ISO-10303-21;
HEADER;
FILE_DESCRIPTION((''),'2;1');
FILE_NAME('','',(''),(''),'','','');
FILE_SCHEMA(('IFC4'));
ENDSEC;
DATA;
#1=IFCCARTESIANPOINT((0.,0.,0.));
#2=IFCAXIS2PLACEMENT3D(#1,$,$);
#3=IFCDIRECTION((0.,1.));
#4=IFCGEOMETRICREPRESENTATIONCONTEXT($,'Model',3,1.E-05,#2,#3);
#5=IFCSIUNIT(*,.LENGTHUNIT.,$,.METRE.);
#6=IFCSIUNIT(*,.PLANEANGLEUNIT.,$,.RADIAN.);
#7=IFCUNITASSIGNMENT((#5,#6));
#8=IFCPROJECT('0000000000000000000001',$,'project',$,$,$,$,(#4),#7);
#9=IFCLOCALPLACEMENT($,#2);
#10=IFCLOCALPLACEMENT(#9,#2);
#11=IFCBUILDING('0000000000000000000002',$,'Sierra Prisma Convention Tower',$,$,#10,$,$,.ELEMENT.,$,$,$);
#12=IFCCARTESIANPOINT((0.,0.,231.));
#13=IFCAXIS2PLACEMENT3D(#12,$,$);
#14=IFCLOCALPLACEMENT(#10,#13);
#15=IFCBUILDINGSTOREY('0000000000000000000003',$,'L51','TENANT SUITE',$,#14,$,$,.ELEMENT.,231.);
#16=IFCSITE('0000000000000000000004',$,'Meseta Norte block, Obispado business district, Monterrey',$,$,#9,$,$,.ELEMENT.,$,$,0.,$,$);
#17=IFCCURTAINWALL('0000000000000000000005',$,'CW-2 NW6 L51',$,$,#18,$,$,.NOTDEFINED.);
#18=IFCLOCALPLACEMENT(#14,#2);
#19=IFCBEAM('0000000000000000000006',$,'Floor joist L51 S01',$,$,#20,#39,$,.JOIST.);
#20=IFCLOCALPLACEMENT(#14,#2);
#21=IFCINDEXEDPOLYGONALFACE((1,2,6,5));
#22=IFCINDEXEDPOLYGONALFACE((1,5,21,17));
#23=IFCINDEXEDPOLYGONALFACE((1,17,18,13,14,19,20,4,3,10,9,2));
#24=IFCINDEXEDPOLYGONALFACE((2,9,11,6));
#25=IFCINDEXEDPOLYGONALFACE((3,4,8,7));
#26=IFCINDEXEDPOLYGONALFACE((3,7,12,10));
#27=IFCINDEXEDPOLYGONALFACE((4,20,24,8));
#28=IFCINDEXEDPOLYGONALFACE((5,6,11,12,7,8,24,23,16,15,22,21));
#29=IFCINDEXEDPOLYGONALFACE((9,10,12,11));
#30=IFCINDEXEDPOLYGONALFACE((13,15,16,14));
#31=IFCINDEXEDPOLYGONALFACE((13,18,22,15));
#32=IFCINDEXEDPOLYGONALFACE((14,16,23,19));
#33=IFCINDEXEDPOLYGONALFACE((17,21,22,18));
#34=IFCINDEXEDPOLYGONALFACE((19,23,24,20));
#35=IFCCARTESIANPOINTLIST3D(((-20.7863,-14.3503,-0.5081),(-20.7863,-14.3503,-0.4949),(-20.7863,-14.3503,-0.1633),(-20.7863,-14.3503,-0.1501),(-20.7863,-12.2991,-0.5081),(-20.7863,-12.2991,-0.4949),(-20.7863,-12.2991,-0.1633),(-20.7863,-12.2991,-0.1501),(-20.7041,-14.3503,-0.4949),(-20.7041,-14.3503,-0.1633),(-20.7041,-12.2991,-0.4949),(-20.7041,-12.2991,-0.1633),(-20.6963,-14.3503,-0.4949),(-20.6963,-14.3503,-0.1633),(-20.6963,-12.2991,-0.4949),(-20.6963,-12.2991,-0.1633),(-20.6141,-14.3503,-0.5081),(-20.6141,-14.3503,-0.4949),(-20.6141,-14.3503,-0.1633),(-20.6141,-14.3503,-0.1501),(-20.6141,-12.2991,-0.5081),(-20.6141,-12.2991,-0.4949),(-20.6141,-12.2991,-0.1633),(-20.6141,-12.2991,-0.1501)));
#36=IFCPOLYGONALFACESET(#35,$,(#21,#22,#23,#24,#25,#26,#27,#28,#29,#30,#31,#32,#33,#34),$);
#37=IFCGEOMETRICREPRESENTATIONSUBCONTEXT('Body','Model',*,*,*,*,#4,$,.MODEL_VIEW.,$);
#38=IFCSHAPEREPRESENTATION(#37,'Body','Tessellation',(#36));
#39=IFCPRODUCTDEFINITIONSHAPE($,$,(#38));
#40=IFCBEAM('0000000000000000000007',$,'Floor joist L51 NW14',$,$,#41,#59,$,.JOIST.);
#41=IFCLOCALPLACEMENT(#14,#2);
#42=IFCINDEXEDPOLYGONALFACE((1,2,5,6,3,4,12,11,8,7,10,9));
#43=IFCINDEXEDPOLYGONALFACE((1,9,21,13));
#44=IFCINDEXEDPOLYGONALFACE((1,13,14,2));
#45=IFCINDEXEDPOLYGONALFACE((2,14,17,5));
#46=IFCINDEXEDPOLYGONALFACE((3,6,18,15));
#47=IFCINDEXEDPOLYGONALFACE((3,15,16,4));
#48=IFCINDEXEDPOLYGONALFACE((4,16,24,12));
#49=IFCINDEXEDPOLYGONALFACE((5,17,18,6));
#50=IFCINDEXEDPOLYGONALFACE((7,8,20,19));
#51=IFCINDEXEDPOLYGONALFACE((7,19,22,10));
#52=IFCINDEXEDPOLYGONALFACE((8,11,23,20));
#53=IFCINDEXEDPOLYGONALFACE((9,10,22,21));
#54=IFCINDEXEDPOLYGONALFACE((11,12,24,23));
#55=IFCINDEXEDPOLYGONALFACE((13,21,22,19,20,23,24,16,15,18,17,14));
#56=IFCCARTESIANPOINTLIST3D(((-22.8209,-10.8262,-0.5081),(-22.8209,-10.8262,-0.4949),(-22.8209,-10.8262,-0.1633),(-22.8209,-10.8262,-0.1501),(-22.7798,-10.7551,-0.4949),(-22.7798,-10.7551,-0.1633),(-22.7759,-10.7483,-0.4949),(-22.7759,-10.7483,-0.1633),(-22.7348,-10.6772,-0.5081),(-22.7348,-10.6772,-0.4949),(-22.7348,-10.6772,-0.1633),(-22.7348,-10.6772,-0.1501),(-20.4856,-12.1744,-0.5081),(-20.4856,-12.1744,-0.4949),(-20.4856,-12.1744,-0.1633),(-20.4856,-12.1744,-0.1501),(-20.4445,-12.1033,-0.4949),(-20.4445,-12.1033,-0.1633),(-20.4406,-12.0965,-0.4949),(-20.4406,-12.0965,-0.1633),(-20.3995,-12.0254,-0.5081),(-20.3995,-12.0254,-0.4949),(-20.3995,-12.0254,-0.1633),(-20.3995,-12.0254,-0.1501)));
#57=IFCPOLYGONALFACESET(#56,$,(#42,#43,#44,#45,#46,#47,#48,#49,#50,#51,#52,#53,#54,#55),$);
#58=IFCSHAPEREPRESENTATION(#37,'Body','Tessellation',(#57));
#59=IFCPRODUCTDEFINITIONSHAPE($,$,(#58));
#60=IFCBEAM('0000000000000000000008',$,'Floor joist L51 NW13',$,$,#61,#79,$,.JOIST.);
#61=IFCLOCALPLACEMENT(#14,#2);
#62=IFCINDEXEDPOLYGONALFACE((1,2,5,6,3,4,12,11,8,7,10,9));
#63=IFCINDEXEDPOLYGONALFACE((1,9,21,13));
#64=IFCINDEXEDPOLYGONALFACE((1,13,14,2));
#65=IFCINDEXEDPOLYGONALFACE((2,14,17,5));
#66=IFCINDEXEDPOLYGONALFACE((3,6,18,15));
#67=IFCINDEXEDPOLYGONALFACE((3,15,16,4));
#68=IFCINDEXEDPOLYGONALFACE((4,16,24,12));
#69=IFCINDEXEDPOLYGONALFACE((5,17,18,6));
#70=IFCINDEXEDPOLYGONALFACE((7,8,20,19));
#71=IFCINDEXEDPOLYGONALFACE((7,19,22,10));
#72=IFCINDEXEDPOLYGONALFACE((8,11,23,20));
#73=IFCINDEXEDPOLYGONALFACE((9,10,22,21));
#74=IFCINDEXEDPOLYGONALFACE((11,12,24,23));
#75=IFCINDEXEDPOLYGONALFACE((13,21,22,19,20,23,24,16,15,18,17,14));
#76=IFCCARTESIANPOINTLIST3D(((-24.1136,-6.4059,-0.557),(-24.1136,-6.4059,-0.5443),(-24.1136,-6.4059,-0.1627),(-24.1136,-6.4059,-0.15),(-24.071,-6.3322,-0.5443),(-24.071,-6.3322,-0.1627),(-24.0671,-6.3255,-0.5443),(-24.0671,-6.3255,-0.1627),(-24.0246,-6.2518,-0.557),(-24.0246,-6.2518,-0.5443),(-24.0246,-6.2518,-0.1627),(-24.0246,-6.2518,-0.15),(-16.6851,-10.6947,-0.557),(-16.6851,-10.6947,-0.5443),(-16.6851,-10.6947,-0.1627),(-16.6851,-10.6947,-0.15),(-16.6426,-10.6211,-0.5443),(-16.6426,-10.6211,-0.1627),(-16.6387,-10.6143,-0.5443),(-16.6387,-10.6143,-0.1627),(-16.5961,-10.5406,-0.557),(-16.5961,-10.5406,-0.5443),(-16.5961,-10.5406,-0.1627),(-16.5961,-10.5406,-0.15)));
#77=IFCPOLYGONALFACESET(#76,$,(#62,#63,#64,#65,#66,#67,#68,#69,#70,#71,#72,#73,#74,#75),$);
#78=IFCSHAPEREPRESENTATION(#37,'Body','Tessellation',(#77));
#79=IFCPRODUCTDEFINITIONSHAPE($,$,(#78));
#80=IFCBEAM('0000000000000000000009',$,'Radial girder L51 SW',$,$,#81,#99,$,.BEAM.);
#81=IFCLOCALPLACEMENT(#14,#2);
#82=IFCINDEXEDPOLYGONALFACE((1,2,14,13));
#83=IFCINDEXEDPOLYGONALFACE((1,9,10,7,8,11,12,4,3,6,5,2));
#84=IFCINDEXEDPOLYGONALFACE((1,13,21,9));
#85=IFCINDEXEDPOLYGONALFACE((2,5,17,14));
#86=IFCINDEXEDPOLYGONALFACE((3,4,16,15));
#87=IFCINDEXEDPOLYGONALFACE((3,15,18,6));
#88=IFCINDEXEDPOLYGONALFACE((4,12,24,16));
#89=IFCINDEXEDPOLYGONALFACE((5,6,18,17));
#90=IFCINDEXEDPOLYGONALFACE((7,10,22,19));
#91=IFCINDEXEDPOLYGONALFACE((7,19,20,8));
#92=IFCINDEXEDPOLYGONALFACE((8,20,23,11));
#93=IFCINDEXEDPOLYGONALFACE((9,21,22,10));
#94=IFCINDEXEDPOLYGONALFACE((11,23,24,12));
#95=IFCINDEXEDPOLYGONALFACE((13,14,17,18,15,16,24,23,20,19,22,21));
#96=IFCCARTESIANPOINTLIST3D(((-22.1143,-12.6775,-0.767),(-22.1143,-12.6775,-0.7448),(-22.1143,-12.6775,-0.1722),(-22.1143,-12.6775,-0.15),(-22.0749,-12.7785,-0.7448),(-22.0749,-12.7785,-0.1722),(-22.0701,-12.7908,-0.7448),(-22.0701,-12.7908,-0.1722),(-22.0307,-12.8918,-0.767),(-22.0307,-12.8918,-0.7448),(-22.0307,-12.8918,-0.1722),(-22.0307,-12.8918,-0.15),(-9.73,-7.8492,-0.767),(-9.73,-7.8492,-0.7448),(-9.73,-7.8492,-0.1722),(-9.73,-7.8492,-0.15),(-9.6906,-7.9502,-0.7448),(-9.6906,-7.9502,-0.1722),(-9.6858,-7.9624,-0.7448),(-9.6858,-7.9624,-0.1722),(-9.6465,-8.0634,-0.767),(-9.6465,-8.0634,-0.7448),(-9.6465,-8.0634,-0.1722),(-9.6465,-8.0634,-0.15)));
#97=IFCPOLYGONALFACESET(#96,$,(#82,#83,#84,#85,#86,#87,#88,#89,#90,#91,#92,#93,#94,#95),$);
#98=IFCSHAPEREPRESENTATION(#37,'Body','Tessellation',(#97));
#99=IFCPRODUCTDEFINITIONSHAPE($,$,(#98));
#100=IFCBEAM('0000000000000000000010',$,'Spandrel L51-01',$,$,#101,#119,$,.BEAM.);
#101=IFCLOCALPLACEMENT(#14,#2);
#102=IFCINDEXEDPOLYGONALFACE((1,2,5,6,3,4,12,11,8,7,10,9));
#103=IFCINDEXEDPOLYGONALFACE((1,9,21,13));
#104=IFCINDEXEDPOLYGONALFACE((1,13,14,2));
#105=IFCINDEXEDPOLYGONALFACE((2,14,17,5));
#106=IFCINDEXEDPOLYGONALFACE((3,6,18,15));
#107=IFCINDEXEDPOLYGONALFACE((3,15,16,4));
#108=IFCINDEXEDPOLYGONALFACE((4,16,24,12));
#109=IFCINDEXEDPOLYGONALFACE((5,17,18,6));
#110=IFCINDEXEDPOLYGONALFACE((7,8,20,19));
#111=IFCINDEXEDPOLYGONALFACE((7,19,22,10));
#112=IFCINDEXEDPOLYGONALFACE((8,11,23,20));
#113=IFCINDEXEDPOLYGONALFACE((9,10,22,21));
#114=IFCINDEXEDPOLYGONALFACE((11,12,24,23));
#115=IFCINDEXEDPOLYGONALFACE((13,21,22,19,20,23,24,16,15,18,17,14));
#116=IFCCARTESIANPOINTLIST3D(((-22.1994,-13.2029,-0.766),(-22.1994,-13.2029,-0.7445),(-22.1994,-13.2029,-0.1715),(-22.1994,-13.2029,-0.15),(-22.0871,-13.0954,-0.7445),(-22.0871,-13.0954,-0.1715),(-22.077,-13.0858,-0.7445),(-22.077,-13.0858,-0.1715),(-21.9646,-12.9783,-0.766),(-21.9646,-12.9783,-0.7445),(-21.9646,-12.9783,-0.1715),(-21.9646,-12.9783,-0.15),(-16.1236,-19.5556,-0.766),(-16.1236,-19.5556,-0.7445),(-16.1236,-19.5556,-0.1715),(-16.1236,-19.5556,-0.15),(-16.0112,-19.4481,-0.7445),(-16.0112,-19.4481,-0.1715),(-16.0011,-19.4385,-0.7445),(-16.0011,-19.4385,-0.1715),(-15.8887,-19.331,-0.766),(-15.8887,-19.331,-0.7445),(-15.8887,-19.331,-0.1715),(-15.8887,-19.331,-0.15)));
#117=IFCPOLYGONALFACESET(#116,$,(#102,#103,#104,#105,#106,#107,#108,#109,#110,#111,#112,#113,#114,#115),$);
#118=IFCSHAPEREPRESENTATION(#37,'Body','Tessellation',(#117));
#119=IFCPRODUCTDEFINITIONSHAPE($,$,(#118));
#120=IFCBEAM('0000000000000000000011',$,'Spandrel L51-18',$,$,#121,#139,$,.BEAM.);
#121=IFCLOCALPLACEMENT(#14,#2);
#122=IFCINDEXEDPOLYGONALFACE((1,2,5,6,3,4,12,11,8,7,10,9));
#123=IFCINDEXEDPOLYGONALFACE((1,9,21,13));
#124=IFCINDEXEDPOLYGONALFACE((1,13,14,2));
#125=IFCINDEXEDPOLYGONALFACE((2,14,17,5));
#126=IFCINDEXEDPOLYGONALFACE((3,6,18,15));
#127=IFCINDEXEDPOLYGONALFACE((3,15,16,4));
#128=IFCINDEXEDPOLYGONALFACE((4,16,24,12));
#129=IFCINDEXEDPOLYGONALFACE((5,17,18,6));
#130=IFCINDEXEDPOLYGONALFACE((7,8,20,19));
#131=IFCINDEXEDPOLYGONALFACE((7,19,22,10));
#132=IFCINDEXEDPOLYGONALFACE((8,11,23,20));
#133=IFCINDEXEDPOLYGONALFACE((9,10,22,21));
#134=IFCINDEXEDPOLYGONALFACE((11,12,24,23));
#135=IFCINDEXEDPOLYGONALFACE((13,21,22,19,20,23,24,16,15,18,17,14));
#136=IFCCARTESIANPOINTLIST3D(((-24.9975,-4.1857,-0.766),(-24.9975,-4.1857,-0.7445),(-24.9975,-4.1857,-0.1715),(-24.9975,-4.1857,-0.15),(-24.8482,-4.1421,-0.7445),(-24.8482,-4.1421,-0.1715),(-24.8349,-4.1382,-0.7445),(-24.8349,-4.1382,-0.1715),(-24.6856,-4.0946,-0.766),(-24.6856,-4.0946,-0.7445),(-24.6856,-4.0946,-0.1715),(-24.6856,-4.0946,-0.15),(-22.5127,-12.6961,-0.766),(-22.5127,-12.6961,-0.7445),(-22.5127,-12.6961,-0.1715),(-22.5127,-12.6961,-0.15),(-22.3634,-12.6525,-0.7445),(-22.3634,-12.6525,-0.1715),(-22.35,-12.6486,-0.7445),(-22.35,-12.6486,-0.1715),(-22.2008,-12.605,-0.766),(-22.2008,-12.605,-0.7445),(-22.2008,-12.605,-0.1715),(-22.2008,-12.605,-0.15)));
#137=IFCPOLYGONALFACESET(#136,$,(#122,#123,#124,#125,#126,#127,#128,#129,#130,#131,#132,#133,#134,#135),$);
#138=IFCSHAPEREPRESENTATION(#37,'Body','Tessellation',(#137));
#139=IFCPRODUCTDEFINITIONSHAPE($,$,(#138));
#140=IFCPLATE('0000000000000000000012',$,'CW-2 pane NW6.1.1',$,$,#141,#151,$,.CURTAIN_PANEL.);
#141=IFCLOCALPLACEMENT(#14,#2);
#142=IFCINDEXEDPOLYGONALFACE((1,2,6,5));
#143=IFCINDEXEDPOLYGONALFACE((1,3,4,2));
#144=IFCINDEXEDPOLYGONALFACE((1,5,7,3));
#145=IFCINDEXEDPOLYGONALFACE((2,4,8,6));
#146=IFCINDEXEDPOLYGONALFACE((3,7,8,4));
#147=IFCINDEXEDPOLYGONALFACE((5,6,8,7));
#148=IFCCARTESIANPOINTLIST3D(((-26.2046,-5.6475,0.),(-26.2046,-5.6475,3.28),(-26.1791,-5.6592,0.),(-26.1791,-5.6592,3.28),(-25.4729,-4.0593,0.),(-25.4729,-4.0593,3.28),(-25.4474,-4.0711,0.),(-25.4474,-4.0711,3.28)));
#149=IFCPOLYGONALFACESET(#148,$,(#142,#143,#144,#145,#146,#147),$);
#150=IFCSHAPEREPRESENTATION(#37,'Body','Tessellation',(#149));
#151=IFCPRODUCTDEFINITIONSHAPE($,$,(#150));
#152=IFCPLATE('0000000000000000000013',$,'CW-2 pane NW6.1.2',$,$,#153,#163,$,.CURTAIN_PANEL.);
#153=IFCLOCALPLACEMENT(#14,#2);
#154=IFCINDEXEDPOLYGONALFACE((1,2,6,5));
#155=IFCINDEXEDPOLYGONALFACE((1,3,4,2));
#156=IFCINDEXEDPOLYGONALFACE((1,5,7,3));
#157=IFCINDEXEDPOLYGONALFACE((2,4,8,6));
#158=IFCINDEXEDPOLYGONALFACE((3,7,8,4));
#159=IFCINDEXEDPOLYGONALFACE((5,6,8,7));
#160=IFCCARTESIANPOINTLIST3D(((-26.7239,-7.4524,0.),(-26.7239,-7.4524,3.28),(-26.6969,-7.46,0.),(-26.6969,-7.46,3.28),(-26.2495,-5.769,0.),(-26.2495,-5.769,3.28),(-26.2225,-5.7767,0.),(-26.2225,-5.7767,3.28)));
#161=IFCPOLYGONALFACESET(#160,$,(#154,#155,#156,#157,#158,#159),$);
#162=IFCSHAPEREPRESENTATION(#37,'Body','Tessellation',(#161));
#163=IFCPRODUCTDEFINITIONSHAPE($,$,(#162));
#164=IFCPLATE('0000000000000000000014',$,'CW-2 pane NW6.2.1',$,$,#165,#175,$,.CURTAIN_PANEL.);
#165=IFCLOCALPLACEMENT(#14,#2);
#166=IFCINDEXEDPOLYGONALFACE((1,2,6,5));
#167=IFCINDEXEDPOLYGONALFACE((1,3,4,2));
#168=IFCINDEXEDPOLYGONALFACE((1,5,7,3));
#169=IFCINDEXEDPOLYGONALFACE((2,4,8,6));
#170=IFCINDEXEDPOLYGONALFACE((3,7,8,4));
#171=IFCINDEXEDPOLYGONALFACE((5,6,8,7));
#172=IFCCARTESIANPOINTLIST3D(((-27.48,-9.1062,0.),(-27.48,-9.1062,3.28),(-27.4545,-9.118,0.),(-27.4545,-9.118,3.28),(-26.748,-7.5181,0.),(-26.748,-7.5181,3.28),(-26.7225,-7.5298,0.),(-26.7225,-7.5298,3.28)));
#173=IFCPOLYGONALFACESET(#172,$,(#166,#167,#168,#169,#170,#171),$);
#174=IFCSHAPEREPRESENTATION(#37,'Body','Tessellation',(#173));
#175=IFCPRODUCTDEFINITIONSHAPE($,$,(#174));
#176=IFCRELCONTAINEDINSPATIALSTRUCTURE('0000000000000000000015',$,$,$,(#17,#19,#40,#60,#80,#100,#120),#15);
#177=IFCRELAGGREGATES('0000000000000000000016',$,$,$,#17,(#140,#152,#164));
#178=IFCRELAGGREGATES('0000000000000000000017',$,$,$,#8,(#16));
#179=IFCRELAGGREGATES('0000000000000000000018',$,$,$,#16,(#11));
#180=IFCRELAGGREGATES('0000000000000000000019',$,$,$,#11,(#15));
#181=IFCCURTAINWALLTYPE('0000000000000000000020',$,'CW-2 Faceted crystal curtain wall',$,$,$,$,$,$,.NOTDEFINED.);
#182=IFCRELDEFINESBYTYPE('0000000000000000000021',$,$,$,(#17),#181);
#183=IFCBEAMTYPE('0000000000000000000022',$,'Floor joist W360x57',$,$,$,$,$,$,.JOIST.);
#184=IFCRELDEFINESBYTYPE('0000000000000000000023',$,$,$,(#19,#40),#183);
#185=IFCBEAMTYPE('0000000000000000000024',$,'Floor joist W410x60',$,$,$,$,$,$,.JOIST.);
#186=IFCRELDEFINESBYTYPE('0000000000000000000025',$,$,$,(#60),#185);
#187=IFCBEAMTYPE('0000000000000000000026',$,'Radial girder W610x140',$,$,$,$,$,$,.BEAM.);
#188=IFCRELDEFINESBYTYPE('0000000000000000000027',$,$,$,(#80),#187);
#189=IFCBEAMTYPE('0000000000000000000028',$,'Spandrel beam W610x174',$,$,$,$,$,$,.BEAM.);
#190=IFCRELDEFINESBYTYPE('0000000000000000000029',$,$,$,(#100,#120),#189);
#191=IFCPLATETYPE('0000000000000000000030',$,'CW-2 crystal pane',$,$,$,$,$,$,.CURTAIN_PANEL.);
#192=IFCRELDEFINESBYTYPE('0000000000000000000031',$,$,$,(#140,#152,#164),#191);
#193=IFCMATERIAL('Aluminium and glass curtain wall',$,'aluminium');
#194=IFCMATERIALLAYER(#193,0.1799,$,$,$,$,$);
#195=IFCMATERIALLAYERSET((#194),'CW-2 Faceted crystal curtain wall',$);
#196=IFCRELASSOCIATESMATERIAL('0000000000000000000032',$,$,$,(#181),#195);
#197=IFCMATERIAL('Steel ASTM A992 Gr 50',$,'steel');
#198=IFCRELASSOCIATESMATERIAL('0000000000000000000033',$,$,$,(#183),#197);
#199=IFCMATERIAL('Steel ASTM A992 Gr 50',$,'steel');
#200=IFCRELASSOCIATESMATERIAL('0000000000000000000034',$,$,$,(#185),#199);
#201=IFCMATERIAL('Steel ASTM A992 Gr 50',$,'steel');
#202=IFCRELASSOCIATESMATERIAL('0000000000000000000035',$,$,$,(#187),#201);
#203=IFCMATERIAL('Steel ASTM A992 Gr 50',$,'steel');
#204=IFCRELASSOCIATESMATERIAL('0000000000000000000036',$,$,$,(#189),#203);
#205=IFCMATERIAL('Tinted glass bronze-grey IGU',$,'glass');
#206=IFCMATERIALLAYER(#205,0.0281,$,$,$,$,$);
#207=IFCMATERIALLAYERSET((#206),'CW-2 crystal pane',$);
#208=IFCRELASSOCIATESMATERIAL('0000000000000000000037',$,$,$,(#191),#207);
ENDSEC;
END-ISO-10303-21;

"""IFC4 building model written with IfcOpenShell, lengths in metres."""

from ifc_helpers import new_model, si_unit, direction, frame, origin, origin_2d, place, context, subcontext, project, spatial, polyline, i_section, outline, extrude, material, layer, layer_set, material_profile, profile_set, type_object, element, aggregate, save


model = new_model("IFC4")

# Units and contexts
model_context = context("Model", 3, precision=1e-05, world=origin(), true_north=direction((0.0, 1.0)))
body_context = subcontext(model_context, "Body", "Model", "MODEL_VIEW")
ifc_project = project(units=[si_unit("LENGTHUNIT", "METRE"), si_unit("PLANEANGLEUNIT", "RADIAN")], contexts=[model_context])

# Site, building, storey
site_placement = place(None, origin())
site = spatial("IfcSite", under=ifc_project, at=site_placement, Name="Meseta Norte block, Obispado business district, Monterrey", CompositionType="ELEMENT", RefElevation=0.0)
building_placement = place(site_placement, origin())
building = spatial("IfcBuilding", under=site, at=building_placement, Name="Sierra Prisma Convention Tower", CompositionType="ELEMENT")
storey_placement = place(building_placement, frame((0.0, 0.0, 231.0)))
storey = spatial("IfcBuildingStorey", under=building, at=storey_placement, Name="L51", Description="TENANT SUITE", CompositionType="ELEMENT", Elevation=231.0)

# Curtain wall
ifc_material_1 = material(Name="Aluminium and glass curtain wall", Category="aluminium")
ifc_layer_1 = layer(ifc_material_1, 0.1799)
ifc_layer_set_1 = layer_set([ifc_layer_1], Name="CW-2 Faceted crystal curtain wall")
curtain_wall_type = type_object("IfcCurtainWallType", Name="CW-2 Faceted crystal curtain wall", PredefinedType="NOTDEFINED", material=ifc_layer_set_1)
curtain_wall_1_placement = place(storey_placement, origin())
curtain_wall_1 = element("IfcCurtainWall", 1, at=curtain_wall_1_placement, inside=storey, type_object=curtain_wall_type, Name="CW-2 NW6 L51", PredefinedType="NOTDEFINED")

# Beams
ifc_material_2 = material(Name="Steel ASTM A992 Gr 50", Category="steel")
ifc_material_profile_1 = material_profile(ifc_material_2, i_section(OverallWidth=0.1721, OverallDepth=0.3579, WebThickness=0.0078, FlangeThickness=0.0132, at=origin_2d()), Name="W360x57")
ifc_profile_set_1 = profile_set([ifc_material_profile_1], Name="Steel ASTM A992 Gr 50")
beam_type_1 = type_object("IfcBeamType", Name="Floor joist W360x57", PredefinedType="JOIST", material=ifc_profile_set_1)
beam_1_placement = place(storey_placement, frame((-20.7002, -14.3503, -0.3291), z_axis=(0.0, 1.0, 0.0), x_axis=(-1.0, 0.0, 0.0)))
element("IfcBeam", 2, at=beam_1_placement, inside=storey, type_object=beam_type_1, Name="Floor joist L51 S01", PredefinedType="JOIST", context=body_context, shape_type="SweptSolid", body=[
    extrude(i_section(OverallWidth=0.1721, OverallDepth=0.3579, WebThickness=0.0078, FlangeThickness=0.0132, at=origin_2d()), origin(), (0.0, 0.0, 1.0), 2.0513),
])
beam_2_placement = place(storey_placement, frame((-22.7778, -10.7517, -0.3291), z_axis=(0.866039, -0.499976, 0.0), x_axis=(0.499976, 0.866039, 0.0)))
element("IfcBeam", 3, at=beam_2_placement, inside=storey, type_object=beam_type_1, Name="Floor joist L51 NW14", PredefinedType="JOIST", context=body_context, shape_type="SweptSolid", body=[
    extrude(i_section(OverallWidth=0.1721, OverallDepth=0.3579, WebThickness=0.0078, FlangeThickness=0.0132, at=origin_2d()), origin(), (0.0, 0.0, 1.0), 2.6965),
])
ifc_material_3 = material(Name="Steel ASTM A992 Gr 50", Category="steel")
ifc_material_profile_2 = material_profile(ifc_material_3, i_section(OverallWidth=0.178, OverallDepth=0.407, WebThickness=0.0078, FlangeThickness=0.0127, at=origin_2d()), Name="W410x60")
ifc_profile_set_2 = profile_set([ifc_material_profile_2], Name="Steel ASTM A992 Gr 50")
beam_type_2 = type_object("IfcBeamType", Name="Floor joist W410x60", PredefinedType="JOIST", material=ifc_profile_set_2)
beam_3_placement = place(storey_placement, frame((-24.0691, -6.3289, -0.3535), z_axis=(0.866026, -0.499999, 0.0), x_axis=(0.499999, 0.866026, 0.0)))
element("IfcBeam", 4, at=beam_3_placement, inside=storey, type_object=beam_type_2, Name="Floor joist L51 NW13", PredefinedType="JOIST", context=body_context, shape_type="SweptSolid", body=[
    extrude(i_section(OverallWidth=0.178, OverallDepth=0.407, WebThickness=0.0078, FlangeThickness=0.0127, at=origin_2d()), origin(), (0.0, 0.0, 1.0), 8.5776),
])
ifc_material_4 = material(Name="Steel ASTM A992 Gr 50", Category="steel")
ifc_material_profile_3 = material_profile(ifc_material_4, i_section(OverallWidth=0.23, OverallDepth=0.6169, WebThickness=0.0132, FlangeThickness=0.0222, at=origin_2d()), Name="W610x140")
ifc_profile_set_3 = profile_set([ifc_material_profile_3], Name="Steel ASTM A992 Gr 50")
beam_type_3 = type_object("IfcBeamType", Name="Radial girder W610x140", PredefinedType="BEAM", material=ifc_profile_set_3)
beam_4_placement = place(storey_placement, frame((-22.0725, -12.7847, -0.4585), z_axis=(0.931693, 0.363247, 0.0), x_axis=(-0.363247, 0.931693, 0.0)))
element("IfcBeam", 5, at=beam_4_placement, inside=storey, type_object=beam_type_3, Name="Radial girder L51 SW", PredefinedType="BEAM", context=body_context, shape_type="SweptSolid", body=[
    extrude(i_section(OverallWidth=0.23, OverallDepth=0.6169, WebThickness=0.0132, FlangeThickness=0.0222, at=origin_2d()), origin(), (0.0, 0.0, 1.0), 13.2922),
])
ifc_material_5 = material(Name="Steel ASTM A992 Gr 50", Category="steel")
ifc_material_profile_4 = material_profile(ifc_material_5, i_section(OverallWidth=0.325, OverallDepth=0.616, WebThickness=0.0139, FlangeThickness=0.0215, at=origin_2d()), Name="W610x174")
ifc_profile_set_4 = profile_set([ifc_material_profile_4], Name="Steel ASTM A992 Gr 50")
beam_type_4 = type_object("IfcBeamType", Name="Spandrel beam W610x174", PredefinedType="BEAM", material=ifc_profile_set_4)
beam_5_placement = place(storey_placement, frame((-22.082, -13.0906, -0.458), z_axis=(0.691184, -0.722679, 0.0), x_axis=(0.722679, 0.691184, 0.0)))
element("IfcBeam", 6, at=beam_5_placement, inside=storey, type_object=beam_type_4, Name="Spandrel L51-01", PredefinedType="BEAM", context=body_context, shape_type="SweptSolid", body=[
    extrude(i_section(OverallWidth=0.325, OverallDepth=0.616, WebThickness=0.0139, FlangeThickness=0.0215, at=origin_2d()), origin(), (0.0, 0.0, 1.0), 8.7905),
])
beam_6_placement = place(storey_placement, frame((-24.8416, -4.1401, -0.458), z_axis=(0.280274, -0.95992, 0.0), x_axis=(0.95992, 0.280274, 0.0)))
element("IfcBeam", 7, at=beam_6_placement, inside=storey, type_object=beam_type_4, Name="Spandrel L51-18", PredefinedType="BEAM", context=body_context, shape_type="SweptSolid", body=[
    extrude(i_section(OverallWidth=0.325, OverallDepth=0.616, WebThickness=0.0139, FlangeThickness=0.0215, at=origin_2d()), origin(), (0.0, 0.0, 1.0), 8.8657),
])

# Plates
ifc_material_6 = material(Name="Tinted glass bronze-grey IGU", Category="glass")
ifc_layer_2 = layer(ifc_material_6, 0.0281)
ifc_layer_set_2 = layer_set([ifc_layer_2], Name="CW-2 crystal pane")
plate_type = type_object("IfcPlateType", Name="CW-2 crystal pane", PredefinedType="CURTAIN_PANEL", material=ifc_layer_set_2)
plate_1_placement = place(storey_placement, frame((-25.4729, -4.0593, 0.0), z_axis=(-0.908241, 0.418447, 0.0), x_axis=(-0.418447, -0.908241, 0.0)))
plate_1 = element("IfcPlate", 8, at=plate_1_placement, type_object=plate_type, Name="CW-2 pane NW6.1.1", PredefinedType="CURTAIN_PANEL", context=body_context, shape_type="SweptSolid", body=[
    extrude(outline(polyline([(0.0, 0.0), (1.7486, 0.0), (1.7486, 3.28), (0.0, 3.28), (0.0, 0.0)])), origin(), (0.0, 0.0, -1.0), 0.0281),
])
plate_2_placement = place(storey_placement, frame((-26.7239, -7.4524, 0.0), z_axis=(-0.962513, 0.271235, 0.0), x_axis=(0.271235, 0.962513, 0.0)))
plate_2 = element("IfcPlate", 9, at=plate_2_placement, type_object=plate_type, Name="CW-2 pane NW6.1.2", PredefinedType="CURTAIN_PANEL", context=body_context, shape_type="SweptSolid", body=[
    extrude(outline(polyline([(0.0, 0.0), (1.7489, 0.0), (1.7489, -3.28), (0.0, -3.28), (0.0, 0.0)])), origin(), (0.0, 0.0, -1.0), 0.0281),
])
plate_3_placement = place(storey_placement, frame((-26.748, -7.5181, 0.0), z_axis=(-0.908188, 0.418562, 0.0), x_axis=(-0.418562, -0.908188, 0.0)))
plate_3 = element("IfcPlate", 10, at=plate_3_placement, type_object=plate_type, Name="CW-2 pane NW6.2.1", PredefinedType="CURTAIN_PANEL", context=body_context, shape_type="SweptSolid", body=[
    extrude(outline(polyline([(0.0, 0.0), (1.7487, 0.0), (1.7487, 3.28), (0.0, 3.28), (0.0, 0.0)])), origin(), (0.0, 0.0, -1.0), 0.0281),
])
aggregate(curtain_wall_1, [plate_1, plate_2, plate_3])

save(model, "model.ifc")
